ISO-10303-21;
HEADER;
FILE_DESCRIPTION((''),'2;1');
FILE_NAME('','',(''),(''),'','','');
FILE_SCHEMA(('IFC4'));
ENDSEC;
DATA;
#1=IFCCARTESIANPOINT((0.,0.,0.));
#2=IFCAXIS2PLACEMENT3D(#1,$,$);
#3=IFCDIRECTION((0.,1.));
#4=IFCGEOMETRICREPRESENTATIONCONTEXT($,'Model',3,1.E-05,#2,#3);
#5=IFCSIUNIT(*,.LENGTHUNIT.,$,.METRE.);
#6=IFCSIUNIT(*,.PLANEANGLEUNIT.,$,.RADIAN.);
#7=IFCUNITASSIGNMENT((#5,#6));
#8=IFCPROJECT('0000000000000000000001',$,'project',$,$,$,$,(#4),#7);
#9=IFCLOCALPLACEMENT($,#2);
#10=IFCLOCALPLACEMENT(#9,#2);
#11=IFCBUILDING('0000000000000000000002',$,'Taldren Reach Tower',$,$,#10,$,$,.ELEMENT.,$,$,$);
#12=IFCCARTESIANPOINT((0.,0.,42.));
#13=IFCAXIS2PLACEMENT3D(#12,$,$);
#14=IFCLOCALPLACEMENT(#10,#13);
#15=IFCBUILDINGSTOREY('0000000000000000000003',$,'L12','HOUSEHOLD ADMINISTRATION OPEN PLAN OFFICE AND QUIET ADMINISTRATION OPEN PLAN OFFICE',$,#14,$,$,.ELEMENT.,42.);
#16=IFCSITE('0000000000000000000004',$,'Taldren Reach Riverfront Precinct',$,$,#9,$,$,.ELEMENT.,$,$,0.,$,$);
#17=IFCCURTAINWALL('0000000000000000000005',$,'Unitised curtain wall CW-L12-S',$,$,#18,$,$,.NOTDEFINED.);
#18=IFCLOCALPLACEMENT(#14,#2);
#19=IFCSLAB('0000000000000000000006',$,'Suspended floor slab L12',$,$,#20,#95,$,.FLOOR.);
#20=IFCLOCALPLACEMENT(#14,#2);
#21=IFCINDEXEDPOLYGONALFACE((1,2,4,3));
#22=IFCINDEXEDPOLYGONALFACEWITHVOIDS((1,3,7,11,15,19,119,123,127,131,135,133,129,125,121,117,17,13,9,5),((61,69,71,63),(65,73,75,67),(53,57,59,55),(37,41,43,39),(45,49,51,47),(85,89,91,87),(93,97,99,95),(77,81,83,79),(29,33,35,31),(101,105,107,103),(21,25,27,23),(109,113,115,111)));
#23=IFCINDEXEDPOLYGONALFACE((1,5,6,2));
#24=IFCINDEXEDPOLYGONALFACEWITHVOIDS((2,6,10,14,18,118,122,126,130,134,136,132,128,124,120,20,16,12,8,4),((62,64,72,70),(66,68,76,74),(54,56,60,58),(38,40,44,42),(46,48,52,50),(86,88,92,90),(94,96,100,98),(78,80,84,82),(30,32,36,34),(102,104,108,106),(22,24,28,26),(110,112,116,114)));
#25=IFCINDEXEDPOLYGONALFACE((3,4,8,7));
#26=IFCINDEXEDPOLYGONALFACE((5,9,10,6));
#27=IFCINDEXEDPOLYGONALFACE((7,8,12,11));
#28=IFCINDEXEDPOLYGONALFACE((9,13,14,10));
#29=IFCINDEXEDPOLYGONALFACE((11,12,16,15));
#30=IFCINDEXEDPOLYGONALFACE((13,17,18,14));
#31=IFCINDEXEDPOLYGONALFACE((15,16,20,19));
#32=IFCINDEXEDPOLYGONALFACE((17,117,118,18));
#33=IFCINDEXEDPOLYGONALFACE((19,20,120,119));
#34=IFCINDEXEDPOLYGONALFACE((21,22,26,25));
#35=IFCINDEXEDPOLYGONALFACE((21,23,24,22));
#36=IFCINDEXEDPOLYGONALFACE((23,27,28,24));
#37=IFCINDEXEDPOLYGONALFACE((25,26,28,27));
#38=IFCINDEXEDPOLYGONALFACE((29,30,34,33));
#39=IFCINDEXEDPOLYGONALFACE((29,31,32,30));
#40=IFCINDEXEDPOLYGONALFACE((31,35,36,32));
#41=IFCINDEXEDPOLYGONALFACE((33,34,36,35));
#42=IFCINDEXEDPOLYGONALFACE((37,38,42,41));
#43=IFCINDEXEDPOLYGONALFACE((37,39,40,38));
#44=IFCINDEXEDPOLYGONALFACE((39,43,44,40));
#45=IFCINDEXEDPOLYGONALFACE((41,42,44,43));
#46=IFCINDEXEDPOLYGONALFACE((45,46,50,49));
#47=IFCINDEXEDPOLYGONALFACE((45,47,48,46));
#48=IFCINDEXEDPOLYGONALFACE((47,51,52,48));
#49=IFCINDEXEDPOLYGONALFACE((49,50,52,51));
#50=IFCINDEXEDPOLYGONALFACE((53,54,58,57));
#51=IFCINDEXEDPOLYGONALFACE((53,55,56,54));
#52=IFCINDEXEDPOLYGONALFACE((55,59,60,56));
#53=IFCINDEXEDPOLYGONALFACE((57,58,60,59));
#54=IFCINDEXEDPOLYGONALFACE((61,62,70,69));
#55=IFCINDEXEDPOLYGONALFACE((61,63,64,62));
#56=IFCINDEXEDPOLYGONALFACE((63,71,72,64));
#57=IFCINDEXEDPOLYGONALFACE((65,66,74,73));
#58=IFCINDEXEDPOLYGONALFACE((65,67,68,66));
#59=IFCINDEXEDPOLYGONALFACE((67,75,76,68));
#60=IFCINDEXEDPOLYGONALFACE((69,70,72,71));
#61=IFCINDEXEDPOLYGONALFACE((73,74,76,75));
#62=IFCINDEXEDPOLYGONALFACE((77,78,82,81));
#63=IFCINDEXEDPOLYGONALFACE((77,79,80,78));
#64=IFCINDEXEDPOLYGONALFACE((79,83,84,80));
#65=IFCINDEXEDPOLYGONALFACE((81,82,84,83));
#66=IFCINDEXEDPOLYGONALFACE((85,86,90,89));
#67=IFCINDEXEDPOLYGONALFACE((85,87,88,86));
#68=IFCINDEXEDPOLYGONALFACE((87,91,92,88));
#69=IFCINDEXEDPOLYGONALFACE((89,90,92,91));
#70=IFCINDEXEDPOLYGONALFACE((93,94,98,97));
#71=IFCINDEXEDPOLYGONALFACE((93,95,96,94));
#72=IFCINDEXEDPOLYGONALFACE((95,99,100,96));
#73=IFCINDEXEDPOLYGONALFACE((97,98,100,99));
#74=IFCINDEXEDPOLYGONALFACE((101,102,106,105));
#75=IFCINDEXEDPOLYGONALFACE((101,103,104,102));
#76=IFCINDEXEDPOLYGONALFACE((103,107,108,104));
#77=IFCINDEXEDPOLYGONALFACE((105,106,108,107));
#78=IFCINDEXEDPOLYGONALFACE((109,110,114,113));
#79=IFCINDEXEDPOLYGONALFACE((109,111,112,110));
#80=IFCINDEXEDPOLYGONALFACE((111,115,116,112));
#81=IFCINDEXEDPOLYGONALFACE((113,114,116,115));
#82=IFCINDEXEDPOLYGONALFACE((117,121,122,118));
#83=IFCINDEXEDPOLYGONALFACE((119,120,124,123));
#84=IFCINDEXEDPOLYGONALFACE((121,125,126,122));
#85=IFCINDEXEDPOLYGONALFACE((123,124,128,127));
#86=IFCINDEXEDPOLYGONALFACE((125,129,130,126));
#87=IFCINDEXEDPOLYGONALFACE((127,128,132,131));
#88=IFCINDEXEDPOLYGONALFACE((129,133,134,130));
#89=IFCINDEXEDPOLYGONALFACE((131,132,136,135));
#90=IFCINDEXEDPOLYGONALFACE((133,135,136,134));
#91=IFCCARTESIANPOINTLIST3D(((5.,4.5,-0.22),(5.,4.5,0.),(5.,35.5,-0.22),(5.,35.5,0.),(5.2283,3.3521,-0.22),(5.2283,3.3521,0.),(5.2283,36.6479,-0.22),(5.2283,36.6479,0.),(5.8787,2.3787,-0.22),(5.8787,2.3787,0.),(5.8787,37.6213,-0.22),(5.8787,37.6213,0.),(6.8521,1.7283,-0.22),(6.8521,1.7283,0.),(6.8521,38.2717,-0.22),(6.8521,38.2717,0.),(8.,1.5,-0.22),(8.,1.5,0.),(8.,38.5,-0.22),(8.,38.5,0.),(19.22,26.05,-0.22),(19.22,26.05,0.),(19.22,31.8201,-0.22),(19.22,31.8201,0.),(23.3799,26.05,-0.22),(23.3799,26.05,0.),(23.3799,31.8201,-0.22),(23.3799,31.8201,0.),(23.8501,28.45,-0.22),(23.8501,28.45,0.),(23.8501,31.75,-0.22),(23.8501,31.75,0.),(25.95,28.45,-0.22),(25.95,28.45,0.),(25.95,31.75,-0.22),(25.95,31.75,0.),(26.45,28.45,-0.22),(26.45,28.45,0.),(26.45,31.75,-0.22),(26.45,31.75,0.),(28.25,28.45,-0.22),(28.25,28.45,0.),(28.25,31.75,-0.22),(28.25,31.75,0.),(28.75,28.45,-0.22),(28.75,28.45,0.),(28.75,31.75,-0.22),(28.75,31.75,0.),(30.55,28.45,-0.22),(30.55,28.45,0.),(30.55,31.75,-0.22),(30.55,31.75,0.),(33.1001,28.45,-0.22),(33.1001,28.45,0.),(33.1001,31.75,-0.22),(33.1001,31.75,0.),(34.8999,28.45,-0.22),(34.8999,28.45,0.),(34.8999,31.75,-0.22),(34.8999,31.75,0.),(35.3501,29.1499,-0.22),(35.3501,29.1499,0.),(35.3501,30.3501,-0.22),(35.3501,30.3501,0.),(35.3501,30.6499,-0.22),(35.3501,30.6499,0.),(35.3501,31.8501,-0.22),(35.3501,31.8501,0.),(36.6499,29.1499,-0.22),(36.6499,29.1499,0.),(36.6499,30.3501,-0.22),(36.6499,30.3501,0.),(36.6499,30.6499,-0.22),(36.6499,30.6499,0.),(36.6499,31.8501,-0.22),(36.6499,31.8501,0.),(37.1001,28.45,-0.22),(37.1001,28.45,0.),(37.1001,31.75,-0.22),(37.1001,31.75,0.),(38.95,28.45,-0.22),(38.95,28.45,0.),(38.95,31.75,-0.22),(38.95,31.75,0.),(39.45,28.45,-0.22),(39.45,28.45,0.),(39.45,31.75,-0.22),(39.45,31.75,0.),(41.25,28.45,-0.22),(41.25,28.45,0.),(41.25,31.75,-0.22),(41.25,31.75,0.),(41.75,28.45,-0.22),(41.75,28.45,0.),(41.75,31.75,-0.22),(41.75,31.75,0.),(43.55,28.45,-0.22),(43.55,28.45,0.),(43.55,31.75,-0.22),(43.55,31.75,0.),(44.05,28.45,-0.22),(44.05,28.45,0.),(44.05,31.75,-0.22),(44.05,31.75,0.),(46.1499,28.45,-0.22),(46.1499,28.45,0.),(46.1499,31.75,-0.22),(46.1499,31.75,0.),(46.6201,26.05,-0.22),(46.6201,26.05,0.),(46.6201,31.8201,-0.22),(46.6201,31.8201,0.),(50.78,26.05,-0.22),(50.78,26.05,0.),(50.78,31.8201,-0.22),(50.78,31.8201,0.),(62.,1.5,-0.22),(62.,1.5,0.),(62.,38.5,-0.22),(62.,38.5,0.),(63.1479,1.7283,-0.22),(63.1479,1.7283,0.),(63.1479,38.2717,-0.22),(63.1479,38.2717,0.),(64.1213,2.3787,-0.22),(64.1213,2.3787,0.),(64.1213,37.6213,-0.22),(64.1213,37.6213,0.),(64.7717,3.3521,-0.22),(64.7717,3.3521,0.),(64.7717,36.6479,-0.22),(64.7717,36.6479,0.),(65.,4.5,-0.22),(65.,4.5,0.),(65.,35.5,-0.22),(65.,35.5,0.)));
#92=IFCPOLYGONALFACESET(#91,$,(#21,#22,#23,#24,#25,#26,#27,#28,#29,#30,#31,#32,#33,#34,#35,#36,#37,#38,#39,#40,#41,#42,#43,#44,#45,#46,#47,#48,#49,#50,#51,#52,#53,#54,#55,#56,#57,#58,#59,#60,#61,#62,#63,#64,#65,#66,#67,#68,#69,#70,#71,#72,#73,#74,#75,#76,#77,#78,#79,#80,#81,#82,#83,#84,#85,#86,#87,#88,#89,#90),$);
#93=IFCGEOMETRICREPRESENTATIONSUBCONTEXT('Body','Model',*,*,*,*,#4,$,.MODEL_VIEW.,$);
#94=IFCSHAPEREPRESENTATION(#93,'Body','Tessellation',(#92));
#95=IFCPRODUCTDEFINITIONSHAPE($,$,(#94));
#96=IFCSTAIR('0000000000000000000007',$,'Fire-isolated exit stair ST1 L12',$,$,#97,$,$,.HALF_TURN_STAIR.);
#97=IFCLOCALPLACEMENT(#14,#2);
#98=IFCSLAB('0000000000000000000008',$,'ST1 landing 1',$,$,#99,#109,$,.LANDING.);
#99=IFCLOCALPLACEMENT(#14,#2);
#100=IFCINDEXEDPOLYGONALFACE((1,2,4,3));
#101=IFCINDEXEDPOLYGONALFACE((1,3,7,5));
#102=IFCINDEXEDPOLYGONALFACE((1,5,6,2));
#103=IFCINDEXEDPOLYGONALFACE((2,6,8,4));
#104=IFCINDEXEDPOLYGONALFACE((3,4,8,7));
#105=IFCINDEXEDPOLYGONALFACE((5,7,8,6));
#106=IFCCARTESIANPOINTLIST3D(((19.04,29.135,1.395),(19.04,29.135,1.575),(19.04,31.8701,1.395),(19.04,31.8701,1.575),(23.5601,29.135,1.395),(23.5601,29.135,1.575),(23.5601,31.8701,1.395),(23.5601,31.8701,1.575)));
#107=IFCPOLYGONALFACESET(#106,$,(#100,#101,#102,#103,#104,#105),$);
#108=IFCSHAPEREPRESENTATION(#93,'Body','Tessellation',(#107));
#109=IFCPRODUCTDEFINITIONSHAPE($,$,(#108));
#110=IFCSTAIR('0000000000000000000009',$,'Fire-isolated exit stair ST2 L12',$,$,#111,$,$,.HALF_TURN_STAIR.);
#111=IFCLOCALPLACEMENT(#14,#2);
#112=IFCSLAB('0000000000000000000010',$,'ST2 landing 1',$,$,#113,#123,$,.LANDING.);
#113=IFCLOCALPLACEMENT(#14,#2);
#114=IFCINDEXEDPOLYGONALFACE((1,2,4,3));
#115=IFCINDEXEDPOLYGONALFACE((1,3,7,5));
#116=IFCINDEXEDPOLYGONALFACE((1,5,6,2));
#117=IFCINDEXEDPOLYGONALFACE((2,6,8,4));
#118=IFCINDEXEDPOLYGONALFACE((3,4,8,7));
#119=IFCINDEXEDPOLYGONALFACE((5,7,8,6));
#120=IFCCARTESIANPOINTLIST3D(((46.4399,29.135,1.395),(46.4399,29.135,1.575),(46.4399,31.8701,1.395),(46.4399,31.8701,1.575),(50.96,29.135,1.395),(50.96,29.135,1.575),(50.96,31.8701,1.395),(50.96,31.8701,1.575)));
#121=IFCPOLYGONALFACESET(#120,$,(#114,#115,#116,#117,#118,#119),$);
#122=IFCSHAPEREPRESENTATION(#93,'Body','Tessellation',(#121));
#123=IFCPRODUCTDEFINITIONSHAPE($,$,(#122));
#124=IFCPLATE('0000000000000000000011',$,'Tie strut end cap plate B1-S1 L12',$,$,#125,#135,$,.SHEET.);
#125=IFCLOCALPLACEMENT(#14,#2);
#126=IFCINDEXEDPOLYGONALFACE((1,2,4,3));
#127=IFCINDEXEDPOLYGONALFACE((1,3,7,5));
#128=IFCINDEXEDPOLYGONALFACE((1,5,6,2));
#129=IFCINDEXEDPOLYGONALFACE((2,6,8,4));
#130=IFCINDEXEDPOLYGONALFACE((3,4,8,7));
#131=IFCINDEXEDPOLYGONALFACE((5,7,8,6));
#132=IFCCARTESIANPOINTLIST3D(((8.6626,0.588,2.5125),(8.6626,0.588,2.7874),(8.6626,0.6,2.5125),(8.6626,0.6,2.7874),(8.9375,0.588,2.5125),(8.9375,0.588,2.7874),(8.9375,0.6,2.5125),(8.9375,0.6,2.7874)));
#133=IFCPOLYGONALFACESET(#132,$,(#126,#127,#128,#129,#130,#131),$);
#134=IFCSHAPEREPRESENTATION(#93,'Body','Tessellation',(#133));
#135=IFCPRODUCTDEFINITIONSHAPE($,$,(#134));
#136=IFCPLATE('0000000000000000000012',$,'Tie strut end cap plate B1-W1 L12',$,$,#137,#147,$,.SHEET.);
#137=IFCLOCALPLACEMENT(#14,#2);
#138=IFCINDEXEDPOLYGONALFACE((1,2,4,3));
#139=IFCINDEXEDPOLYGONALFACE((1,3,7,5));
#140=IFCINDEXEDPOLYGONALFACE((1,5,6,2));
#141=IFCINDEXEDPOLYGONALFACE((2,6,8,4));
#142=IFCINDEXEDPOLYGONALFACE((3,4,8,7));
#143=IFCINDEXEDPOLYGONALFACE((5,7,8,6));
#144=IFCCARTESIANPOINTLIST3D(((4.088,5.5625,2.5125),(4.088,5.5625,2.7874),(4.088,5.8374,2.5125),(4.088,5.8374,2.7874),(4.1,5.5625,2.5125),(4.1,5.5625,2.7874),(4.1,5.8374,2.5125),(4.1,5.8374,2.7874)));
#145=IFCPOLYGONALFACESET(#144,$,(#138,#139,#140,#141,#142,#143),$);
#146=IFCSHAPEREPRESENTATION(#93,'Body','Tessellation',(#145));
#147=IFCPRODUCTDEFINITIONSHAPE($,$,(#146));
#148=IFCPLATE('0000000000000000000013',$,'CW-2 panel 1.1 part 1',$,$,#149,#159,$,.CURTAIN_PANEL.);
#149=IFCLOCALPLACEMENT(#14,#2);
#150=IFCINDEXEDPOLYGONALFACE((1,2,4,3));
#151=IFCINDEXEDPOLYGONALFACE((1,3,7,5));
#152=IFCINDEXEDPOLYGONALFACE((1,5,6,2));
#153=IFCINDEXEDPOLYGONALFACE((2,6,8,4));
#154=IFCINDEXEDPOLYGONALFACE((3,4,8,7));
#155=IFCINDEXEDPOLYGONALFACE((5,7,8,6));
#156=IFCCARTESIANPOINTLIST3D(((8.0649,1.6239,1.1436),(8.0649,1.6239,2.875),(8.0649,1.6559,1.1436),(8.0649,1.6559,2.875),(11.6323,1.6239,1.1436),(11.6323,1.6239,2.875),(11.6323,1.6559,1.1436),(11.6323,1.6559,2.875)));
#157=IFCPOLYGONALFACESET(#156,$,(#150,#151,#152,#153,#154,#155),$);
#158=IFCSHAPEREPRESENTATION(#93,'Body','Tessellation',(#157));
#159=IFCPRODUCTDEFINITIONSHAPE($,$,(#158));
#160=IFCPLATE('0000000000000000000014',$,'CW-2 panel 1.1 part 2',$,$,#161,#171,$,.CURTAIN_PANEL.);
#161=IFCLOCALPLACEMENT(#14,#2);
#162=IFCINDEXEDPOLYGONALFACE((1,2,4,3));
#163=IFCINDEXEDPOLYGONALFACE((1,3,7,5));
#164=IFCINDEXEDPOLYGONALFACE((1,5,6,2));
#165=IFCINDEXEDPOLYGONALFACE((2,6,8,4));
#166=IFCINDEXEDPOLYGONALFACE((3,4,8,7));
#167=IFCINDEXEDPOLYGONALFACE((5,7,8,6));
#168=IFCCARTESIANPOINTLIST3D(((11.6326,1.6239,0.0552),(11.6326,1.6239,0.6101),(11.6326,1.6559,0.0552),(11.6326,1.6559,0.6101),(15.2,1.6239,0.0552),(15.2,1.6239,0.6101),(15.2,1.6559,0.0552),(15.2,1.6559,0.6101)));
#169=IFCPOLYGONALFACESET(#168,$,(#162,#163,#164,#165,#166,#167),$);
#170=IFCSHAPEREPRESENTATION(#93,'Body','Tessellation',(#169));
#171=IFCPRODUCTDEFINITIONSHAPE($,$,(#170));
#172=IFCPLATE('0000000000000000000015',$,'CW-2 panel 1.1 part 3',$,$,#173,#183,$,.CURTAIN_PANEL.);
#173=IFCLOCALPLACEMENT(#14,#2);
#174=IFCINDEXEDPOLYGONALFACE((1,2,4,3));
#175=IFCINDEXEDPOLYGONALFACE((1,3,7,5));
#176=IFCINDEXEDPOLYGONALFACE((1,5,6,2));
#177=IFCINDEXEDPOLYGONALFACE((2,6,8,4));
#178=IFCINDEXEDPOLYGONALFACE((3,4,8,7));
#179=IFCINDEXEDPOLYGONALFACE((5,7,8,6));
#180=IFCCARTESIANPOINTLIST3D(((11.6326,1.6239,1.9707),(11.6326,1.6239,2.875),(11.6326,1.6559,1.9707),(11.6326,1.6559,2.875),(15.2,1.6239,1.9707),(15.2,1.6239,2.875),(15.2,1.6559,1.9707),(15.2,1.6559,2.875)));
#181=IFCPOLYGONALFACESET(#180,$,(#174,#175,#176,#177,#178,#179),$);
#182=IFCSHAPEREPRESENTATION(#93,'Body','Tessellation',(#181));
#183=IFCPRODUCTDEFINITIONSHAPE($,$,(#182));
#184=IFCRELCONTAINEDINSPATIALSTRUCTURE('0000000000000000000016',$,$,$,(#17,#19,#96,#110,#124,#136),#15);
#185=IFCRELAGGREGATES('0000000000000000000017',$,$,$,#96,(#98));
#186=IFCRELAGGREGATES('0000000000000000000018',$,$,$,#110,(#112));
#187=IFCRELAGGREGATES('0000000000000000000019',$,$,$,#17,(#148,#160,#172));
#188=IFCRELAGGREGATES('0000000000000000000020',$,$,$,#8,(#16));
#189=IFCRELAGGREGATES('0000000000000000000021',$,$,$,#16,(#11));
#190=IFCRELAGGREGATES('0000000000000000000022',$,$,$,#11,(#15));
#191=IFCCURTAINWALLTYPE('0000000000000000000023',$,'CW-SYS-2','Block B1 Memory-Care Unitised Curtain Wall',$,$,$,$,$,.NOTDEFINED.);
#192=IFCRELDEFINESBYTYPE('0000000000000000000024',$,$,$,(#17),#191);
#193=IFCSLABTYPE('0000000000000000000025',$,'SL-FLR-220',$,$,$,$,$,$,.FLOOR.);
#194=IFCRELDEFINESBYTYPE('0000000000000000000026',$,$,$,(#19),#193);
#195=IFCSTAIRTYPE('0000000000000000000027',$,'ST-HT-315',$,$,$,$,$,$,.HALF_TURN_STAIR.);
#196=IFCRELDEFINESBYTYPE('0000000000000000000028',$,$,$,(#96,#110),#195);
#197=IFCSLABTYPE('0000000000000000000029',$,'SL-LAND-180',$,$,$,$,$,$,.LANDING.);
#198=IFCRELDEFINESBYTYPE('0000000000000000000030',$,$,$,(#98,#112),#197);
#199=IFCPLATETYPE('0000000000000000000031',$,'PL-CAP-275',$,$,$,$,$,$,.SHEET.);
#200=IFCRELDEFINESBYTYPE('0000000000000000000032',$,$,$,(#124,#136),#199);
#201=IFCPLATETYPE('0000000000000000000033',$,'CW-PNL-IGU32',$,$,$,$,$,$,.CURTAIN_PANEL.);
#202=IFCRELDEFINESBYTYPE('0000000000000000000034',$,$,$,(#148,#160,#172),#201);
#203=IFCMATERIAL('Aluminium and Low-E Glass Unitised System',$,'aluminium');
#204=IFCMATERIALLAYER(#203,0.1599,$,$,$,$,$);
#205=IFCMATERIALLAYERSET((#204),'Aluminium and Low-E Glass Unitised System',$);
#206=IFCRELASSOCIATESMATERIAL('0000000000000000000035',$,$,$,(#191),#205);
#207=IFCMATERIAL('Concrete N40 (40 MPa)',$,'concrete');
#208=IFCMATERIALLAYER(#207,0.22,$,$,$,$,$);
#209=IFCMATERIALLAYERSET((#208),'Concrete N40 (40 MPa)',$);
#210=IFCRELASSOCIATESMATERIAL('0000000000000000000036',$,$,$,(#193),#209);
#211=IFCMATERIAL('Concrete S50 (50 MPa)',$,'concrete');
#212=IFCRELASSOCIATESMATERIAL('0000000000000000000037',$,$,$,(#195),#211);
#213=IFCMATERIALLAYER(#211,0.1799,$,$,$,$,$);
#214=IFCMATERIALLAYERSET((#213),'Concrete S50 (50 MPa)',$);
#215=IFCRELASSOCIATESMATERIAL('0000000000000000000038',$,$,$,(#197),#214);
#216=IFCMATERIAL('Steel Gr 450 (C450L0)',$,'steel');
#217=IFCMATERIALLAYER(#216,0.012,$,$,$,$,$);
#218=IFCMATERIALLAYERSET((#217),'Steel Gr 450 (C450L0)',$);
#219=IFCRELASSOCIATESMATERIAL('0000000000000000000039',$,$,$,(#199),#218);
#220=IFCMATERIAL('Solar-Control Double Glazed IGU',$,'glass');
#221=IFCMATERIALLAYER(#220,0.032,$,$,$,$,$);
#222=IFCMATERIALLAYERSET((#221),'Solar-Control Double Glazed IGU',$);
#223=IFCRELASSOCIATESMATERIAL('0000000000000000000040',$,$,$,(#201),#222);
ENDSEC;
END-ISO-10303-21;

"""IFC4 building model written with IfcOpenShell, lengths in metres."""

from ifc_helpers import new_model, si_unit, direction, frame, origin, origin_2d, place, context, subcontext, project, spatial, polyline, rectangle, outline, extrude, source, transform, mapped, material, layer, layer_set, type_object, element, aggregate, save


model = new_model("IFC4")

# Units and contexts
model_context = context("Model", 3, precision=1e-05, world=origin(), true_north=direction((0.0, 1.0)))
body_context = subcontext(model_context, "Body", "Model", "MODEL_VIEW")
ifc_project = project(units=[si_unit("LENGTHUNIT", "METRE"), si_unit("PLANEANGLEUNIT", "RADIAN")], contexts=[model_context])

# Site, building, storey
site_placement = place(None, origin())
site = spatial("IfcSite", under=ifc_project, at=site_placement, Name="Taldren Reach Riverfront Precinct", CompositionType="ELEMENT", RefElevation=0.0)
building_placement = place(site_placement, origin())
building = spatial("IfcBuilding", under=site, at=building_placement, Name="Taldren Reach Tower", CompositionType="ELEMENT")
storey_placement = place(building_placement, frame((0.0, 0.0, 42.0)))
storey = spatial("IfcBuildingStorey", under=building, at=storey_placement, Name="L12", Description="HOUSEHOLD ADMINISTRATION OPEN PLAN OFFICE AND QUIET ADMINISTRATION OPEN PLAN OFFICE", CompositionType="ELEMENT", Elevation=42.0)

# Shared definitions
ifc_material_1 = material(Name="Steel Gr 450 (C450L0)", Category="steel")

# Curtain wall
ifc_material_2 = material(Name="Aluminium and Low-E Glass Unitised System", Category="aluminium")
ifc_layer_1 = layer(ifc_material_2, 0.1599)
ifc_layer_set_1 = layer_set([ifc_layer_1], Name="Aluminium and Low-E Glass Unitised System")
curtain_wall_type = type_object("IfcCurtainWallType", Name="CW-SYS-2", Description="Block B1 Memory-Care Unitised Curtain Wall", PredefinedType="NOTDEFINED", material=ifc_layer_set_1)
curtain_wall_1_placement = place(storey_placement, origin())
curtain_wall_1 = element("IfcCurtainWall", 1, at=curtain_wall_1_placement, inside=storey, type_object=curtain_wall_type, Name="Unitised curtain wall CW-L12-S", PredefinedType="NOTDEFINED")

# Slab
ifc_material_3 = material(Name="Concrete N40 (40 MPa)", Category="concrete")
ifc_layer_2 = layer(ifc_material_3, 0.22)
ifc_layer_set_2 = layer_set([ifc_layer_2], Name="Concrete N40 (40 MPa)")
slab_type_1 = type_object("IfcSlabType", Name="SL-FLR-220", PredefinedType="FLOOR", material=ifc_layer_set_2)
slab_1_placement = place(storey_placement, frame((0.0, 0.0, -0.22)))
element("IfcSlab", 2, at=slab_1_placement, inside=storey, type_object=slab_type_1, Name="Suspended floor slab L12", PredefinedType="FLOOR", context=body_context, shape_type="SweptSolid", body=[
    extrude(outline(polyline([(62.0, 1.5), (63.1479, 1.7283), (64.1213, 2.3787), (64.7717, 3.3521), (65.0, 4.5), (65.0, 35.5), (64.7717, 36.6479), (64.1213, 37.6213), (63.1479, 38.2717), (62.0, 38.5), (8.0, 38.5), (6.8521, 38.2717), (5.8787, 37.6213), (5.2283, 36.6479), (5.0, 35.5), (5.0, 4.5), (5.2283, 3.3521), (5.8787, 2.3787), (6.8521, 1.7283), (8.0, 1.5), (62.0, 1.5)]), holes=[polyline([(19.22, 26.05), (23.3799, 26.05), (23.3799, 31.8201), (19.22, 31.8201), (19.22, 26.05)]), polyline([(46.6201, 26.05), (50.78, 26.05), (50.78, 31.8201), (46.6201, 31.8201), (46.6201, 26.05)]), polyline([(23.8501, 28.45), (25.95, 28.45), (25.95, 31.75), (23.8501, 31.75), (23.8501, 28.45)]), polyline([(44.05, 28.45), (46.1499, 28.45), (46.1499, 31.75), (44.05, 31.75), (44.05, 28.45)]), polyline([(26.45, 28.45), (28.25, 28.45), (28.25, 31.75), (26.45, 31.75), (26.45, 28.45)]), polyline([(28.75, 28.45), (30.55, 28.45), (30.55, 31.75), (28.75, 31.75), (28.75, 28.45)]), polyline([(33.1001, 28.45), (34.8999, 28.45), (34.8999, 31.75), (33.1001, 31.75), (33.1001, 28.45)]), polyline([(37.1001, 28.45), (38.95, 28.45), (38.95, 31.75), (37.1001, 31.75), (37.1001, 28.45)]), polyline([(39.45, 28.45), (41.25, 28.45), (41.25, 31.75), (39.45, 31.75), (39.45, 28.45)]), polyline([(41.75, 28.45), (43.55, 28.45), (43.55, 31.75), (41.75, 31.75), (41.75, 28.45)]), polyline([(35.3501, 30.6499), (36.6499, 30.6499), (36.6499, 31.8501), (35.3501, 31.8501), (35.3501, 30.6499)]), polyline([(35.3501, 29.1499), (36.6499, 29.1499), (36.6499, 30.3501), (35.3501, 30.3501), (35.3501, 29.1499)])]), origin(), (0.0, 0.0, 1.0), 0.22),
])

# Stairs, slabs
ifc_material_4 = material(Name="Concrete S50 (50 MPa)", Category="concrete")
stair_type = type_object("IfcStairType", Name="ST-HT-315", PredefinedType="HALF_TURN_STAIR", material=ifc_material_4)
stair_1_placement = place(storey_placement, origin())
stair_1 = element("IfcStair", 3, at=stair_1_placement, inside=storey, type_object=stair_type, Name="Fire-isolated exit stair ST1 L12", PredefinedType="HALF_TURN_STAIR")
ifc_layer_3 = layer(ifc_material_4, 0.1799)
ifc_layer_set_3 = layer_set([ifc_layer_3], Name="Concrete S50 (50 MPa)")
slab_type_2 = type_object("IfcSlabType", Name="SL-LAND-180", PredefinedType="LANDING", material=ifc_layer_set_3)
slab_2_placement = place(storey_placement, frame((0.0, 0.0, 1.395)))
slab_2 = element("IfcSlab", 4, at=slab_2_placement, type_object=slab_type_2, Name="ST1 landing 1", PredefinedType="LANDING", context=body_context, shape_type="SweptSolid", body=[
    extrude(outline(polyline([(19.04, 29.135), (23.5601, 29.135), (23.5601, 31.8701), (19.04, 31.8701), (19.04, 29.135)])), origin(), (0.0, 0.0, 1.0), 0.1799),
])
aggregate(stair_1, [slab_2])
stair_2_placement = place(storey_placement, origin())
stair_2 = element("IfcStair", 5, at=stair_2_placement, inside=storey, type_object=stair_type, Name="Fire-isolated exit stair ST2 L12", PredefinedType="HALF_TURN_STAIR")
slab_3_placement = place(storey_placement, frame((0.0, 0.0, 1.395)))
slab_3 = element("IfcSlab", 6, at=slab_3_placement, type_object=slab_type_2, Name="ST2 landing 1", PredefinedType="LANDING", context=body_context, shape_type="SweptSolid", body=[
    extrude(outline(polyline([(46.4399, 29.135), (50.96, 29.135), (50.96, 31.8701), (46.4399, 31.8701), (46.4399, 29.135)])), origin(), (0.0, 0.0, 1.0), 0.1799),
])
aggregate(stair_2, [slab_3])

# Plates
ifc_layer_4 = layer(ifc_material_1, 0.012)
ifc_layer_set_4 = layer_set([ifc_layer_4], Name="Steel Gr 450 (C450L0)")
plate_type_1 = type_object("IfcPlateType", Name="PL-CAP-275", PredefinedType="SHEET", material=ifc_layer_set_4)
shared_shape_1 = source(origin(), body_context, "Body", "SweptSolid", [
    extrude(rectangle(XDim=0.2749, YDim=0.012, at=origin_2d()), origin(), (0.0, 0.0, 1.0), 0.2749),
])
plate_1_placement = place(storey_placement, frame((8.8, 0.594, 2.5125), z_axis=(0.0, 0.0, 1.0), x_axis=(1.0, 0.0, 0.0)))
element("IfcPlate", 7, at=plate_1_placement, inside=storey, type_object=plate_type_1, Name="Tie strut end cap plate B1-S1 L12", PredefinedType="SHEET", context=body_context, shape_type="MappedRepresentation", body=[
    mapped(shared_shape_1, transform((0.0, 0.0, 0.0), scale=1.0)),
])
shared_shape_2 = source(origin(), body_context, "Body", "SweptSolid", [
    extrude(rectangle(XDim=0.012, YDim=0.2749, at=origin_2d()), origin(), (0.0, 0.0, 1.0), 0.2749),
])
plate_2_placement = place(storey_placement, frame((4.094, 5.7, 2.5125), z_axis=(0.0, 0.0, 1.0), x_axis=(1.0, 0.0, 0.0)))
element("IfcPlate", 8, at=plate_2_placement, inside=storey, type_object=plate_type_1, Name="Tie strut end cap plate B1-W1 L12", PredefinedType="SHEET", context=body_context, shape_type="MappedRepresentation", body=[
    mapped(shared_shape_2, transform((0.0, 0.0, 0.0), scale=1.0)),
])

# Plates
ifc_material_5 = material(Name="Solar-Control Double Glazed IGU", Category="glass")
ifc_layer_5 = layer(ifc_material_5, 0.032)
ifc_layer_set_5 = layer_set([ifc_layer_5], Name="Solar-Control Double Glazed IGU")
plate_type_2 = type_object("IfcPlateType", Name="CW-PNL-IGU32", PredefinedType="CURTAIN_PANEL", material=ifc_layer_set_5)
shared_shape_3 = source(origin(), body_context, "Body", "SweptSolid", [
    extrude(rectangle(XDim=3.5674, YDim=0.032, at=origin_2d()), origin(), (0.0, 0.0, 1.0), 1.7314),
])
plate_3_placement = place(storey_placement, frame((9.8486, 1.6399, 1.1436), z_axis=(0.0, 0.0, 1.0), x_axis=(1.0, 0.0, 0.0)))
plate_3 = element("IfcPlate", 9, at=plate_3_placement, type_object=plate_type_2, Name="CW-2 panel 1.1 part 1", PredefinedType="CURTAIN_PANEL", context=body_context, shape_type="MappedRepresentation", body=[
    mapped(shared_shape_3, transform((0.0, 0.0, 0.0), scale=1.0)),
])
shared_shape_4 = source(origin(), body_context, "Body", "SweptSolid", [
    extrude(rectangle(XDim=3.5674, YDim=0.032, at=origin_2d()), origin(), (0.0, 0.0, 1.0), 0.5549),
])
plate_4_placement = place(storey_placement, frame((13.4163, 1.6399, 0.0552), z_axis=(0.0, 0.0, 1.0), x_axis=(1.0, 0.0, 0.0)))
plate_4 = element("IfcPlate", 10, at=plate_4_placement, type_object=plate_type_2, Name="CW-2 panel 1.1 part 2", PredefinedType="CURTAIN_PANEL", context=body_context, shape_type="MappedRepresentation", body=[
    mapped(shared_shape_4, transform((0.0, 0.0, 0.0), scale=1.0)),
])
shared_shape_5 = source(origin(), body_context, "Body", "SweptSolid", [
    extrude(rectangle(XDim=3.5674, YDim=0.032, at=origin_2d()), origin(), (0.0, 0.0, 1.0), 0.9043),
])
plate_5_placement = place(storey_placement, frame((13.4163, 1.6399, 1.9707), z_axis=(0.0, 0.0, 1.0), x_axis=(1.0, 0.0, 0.0)))
plate_5 = element("IfcPlate", 11, at=plate_5_placement, type_object=plate_type_2, Name="CW-2 panel 1.1 part 3", PredefinedType="CURTAIN_PANEL", context=body_context, shape_type="MappedRepresentation", body=[
    mapped(shared_shape_5, transform((0.0, 0.0, 0.0), scale=1.0)),
])
aggregate(curtain_wall_1, [plate_3, plate_4, plate_5])

save(model, "model.ifc")
